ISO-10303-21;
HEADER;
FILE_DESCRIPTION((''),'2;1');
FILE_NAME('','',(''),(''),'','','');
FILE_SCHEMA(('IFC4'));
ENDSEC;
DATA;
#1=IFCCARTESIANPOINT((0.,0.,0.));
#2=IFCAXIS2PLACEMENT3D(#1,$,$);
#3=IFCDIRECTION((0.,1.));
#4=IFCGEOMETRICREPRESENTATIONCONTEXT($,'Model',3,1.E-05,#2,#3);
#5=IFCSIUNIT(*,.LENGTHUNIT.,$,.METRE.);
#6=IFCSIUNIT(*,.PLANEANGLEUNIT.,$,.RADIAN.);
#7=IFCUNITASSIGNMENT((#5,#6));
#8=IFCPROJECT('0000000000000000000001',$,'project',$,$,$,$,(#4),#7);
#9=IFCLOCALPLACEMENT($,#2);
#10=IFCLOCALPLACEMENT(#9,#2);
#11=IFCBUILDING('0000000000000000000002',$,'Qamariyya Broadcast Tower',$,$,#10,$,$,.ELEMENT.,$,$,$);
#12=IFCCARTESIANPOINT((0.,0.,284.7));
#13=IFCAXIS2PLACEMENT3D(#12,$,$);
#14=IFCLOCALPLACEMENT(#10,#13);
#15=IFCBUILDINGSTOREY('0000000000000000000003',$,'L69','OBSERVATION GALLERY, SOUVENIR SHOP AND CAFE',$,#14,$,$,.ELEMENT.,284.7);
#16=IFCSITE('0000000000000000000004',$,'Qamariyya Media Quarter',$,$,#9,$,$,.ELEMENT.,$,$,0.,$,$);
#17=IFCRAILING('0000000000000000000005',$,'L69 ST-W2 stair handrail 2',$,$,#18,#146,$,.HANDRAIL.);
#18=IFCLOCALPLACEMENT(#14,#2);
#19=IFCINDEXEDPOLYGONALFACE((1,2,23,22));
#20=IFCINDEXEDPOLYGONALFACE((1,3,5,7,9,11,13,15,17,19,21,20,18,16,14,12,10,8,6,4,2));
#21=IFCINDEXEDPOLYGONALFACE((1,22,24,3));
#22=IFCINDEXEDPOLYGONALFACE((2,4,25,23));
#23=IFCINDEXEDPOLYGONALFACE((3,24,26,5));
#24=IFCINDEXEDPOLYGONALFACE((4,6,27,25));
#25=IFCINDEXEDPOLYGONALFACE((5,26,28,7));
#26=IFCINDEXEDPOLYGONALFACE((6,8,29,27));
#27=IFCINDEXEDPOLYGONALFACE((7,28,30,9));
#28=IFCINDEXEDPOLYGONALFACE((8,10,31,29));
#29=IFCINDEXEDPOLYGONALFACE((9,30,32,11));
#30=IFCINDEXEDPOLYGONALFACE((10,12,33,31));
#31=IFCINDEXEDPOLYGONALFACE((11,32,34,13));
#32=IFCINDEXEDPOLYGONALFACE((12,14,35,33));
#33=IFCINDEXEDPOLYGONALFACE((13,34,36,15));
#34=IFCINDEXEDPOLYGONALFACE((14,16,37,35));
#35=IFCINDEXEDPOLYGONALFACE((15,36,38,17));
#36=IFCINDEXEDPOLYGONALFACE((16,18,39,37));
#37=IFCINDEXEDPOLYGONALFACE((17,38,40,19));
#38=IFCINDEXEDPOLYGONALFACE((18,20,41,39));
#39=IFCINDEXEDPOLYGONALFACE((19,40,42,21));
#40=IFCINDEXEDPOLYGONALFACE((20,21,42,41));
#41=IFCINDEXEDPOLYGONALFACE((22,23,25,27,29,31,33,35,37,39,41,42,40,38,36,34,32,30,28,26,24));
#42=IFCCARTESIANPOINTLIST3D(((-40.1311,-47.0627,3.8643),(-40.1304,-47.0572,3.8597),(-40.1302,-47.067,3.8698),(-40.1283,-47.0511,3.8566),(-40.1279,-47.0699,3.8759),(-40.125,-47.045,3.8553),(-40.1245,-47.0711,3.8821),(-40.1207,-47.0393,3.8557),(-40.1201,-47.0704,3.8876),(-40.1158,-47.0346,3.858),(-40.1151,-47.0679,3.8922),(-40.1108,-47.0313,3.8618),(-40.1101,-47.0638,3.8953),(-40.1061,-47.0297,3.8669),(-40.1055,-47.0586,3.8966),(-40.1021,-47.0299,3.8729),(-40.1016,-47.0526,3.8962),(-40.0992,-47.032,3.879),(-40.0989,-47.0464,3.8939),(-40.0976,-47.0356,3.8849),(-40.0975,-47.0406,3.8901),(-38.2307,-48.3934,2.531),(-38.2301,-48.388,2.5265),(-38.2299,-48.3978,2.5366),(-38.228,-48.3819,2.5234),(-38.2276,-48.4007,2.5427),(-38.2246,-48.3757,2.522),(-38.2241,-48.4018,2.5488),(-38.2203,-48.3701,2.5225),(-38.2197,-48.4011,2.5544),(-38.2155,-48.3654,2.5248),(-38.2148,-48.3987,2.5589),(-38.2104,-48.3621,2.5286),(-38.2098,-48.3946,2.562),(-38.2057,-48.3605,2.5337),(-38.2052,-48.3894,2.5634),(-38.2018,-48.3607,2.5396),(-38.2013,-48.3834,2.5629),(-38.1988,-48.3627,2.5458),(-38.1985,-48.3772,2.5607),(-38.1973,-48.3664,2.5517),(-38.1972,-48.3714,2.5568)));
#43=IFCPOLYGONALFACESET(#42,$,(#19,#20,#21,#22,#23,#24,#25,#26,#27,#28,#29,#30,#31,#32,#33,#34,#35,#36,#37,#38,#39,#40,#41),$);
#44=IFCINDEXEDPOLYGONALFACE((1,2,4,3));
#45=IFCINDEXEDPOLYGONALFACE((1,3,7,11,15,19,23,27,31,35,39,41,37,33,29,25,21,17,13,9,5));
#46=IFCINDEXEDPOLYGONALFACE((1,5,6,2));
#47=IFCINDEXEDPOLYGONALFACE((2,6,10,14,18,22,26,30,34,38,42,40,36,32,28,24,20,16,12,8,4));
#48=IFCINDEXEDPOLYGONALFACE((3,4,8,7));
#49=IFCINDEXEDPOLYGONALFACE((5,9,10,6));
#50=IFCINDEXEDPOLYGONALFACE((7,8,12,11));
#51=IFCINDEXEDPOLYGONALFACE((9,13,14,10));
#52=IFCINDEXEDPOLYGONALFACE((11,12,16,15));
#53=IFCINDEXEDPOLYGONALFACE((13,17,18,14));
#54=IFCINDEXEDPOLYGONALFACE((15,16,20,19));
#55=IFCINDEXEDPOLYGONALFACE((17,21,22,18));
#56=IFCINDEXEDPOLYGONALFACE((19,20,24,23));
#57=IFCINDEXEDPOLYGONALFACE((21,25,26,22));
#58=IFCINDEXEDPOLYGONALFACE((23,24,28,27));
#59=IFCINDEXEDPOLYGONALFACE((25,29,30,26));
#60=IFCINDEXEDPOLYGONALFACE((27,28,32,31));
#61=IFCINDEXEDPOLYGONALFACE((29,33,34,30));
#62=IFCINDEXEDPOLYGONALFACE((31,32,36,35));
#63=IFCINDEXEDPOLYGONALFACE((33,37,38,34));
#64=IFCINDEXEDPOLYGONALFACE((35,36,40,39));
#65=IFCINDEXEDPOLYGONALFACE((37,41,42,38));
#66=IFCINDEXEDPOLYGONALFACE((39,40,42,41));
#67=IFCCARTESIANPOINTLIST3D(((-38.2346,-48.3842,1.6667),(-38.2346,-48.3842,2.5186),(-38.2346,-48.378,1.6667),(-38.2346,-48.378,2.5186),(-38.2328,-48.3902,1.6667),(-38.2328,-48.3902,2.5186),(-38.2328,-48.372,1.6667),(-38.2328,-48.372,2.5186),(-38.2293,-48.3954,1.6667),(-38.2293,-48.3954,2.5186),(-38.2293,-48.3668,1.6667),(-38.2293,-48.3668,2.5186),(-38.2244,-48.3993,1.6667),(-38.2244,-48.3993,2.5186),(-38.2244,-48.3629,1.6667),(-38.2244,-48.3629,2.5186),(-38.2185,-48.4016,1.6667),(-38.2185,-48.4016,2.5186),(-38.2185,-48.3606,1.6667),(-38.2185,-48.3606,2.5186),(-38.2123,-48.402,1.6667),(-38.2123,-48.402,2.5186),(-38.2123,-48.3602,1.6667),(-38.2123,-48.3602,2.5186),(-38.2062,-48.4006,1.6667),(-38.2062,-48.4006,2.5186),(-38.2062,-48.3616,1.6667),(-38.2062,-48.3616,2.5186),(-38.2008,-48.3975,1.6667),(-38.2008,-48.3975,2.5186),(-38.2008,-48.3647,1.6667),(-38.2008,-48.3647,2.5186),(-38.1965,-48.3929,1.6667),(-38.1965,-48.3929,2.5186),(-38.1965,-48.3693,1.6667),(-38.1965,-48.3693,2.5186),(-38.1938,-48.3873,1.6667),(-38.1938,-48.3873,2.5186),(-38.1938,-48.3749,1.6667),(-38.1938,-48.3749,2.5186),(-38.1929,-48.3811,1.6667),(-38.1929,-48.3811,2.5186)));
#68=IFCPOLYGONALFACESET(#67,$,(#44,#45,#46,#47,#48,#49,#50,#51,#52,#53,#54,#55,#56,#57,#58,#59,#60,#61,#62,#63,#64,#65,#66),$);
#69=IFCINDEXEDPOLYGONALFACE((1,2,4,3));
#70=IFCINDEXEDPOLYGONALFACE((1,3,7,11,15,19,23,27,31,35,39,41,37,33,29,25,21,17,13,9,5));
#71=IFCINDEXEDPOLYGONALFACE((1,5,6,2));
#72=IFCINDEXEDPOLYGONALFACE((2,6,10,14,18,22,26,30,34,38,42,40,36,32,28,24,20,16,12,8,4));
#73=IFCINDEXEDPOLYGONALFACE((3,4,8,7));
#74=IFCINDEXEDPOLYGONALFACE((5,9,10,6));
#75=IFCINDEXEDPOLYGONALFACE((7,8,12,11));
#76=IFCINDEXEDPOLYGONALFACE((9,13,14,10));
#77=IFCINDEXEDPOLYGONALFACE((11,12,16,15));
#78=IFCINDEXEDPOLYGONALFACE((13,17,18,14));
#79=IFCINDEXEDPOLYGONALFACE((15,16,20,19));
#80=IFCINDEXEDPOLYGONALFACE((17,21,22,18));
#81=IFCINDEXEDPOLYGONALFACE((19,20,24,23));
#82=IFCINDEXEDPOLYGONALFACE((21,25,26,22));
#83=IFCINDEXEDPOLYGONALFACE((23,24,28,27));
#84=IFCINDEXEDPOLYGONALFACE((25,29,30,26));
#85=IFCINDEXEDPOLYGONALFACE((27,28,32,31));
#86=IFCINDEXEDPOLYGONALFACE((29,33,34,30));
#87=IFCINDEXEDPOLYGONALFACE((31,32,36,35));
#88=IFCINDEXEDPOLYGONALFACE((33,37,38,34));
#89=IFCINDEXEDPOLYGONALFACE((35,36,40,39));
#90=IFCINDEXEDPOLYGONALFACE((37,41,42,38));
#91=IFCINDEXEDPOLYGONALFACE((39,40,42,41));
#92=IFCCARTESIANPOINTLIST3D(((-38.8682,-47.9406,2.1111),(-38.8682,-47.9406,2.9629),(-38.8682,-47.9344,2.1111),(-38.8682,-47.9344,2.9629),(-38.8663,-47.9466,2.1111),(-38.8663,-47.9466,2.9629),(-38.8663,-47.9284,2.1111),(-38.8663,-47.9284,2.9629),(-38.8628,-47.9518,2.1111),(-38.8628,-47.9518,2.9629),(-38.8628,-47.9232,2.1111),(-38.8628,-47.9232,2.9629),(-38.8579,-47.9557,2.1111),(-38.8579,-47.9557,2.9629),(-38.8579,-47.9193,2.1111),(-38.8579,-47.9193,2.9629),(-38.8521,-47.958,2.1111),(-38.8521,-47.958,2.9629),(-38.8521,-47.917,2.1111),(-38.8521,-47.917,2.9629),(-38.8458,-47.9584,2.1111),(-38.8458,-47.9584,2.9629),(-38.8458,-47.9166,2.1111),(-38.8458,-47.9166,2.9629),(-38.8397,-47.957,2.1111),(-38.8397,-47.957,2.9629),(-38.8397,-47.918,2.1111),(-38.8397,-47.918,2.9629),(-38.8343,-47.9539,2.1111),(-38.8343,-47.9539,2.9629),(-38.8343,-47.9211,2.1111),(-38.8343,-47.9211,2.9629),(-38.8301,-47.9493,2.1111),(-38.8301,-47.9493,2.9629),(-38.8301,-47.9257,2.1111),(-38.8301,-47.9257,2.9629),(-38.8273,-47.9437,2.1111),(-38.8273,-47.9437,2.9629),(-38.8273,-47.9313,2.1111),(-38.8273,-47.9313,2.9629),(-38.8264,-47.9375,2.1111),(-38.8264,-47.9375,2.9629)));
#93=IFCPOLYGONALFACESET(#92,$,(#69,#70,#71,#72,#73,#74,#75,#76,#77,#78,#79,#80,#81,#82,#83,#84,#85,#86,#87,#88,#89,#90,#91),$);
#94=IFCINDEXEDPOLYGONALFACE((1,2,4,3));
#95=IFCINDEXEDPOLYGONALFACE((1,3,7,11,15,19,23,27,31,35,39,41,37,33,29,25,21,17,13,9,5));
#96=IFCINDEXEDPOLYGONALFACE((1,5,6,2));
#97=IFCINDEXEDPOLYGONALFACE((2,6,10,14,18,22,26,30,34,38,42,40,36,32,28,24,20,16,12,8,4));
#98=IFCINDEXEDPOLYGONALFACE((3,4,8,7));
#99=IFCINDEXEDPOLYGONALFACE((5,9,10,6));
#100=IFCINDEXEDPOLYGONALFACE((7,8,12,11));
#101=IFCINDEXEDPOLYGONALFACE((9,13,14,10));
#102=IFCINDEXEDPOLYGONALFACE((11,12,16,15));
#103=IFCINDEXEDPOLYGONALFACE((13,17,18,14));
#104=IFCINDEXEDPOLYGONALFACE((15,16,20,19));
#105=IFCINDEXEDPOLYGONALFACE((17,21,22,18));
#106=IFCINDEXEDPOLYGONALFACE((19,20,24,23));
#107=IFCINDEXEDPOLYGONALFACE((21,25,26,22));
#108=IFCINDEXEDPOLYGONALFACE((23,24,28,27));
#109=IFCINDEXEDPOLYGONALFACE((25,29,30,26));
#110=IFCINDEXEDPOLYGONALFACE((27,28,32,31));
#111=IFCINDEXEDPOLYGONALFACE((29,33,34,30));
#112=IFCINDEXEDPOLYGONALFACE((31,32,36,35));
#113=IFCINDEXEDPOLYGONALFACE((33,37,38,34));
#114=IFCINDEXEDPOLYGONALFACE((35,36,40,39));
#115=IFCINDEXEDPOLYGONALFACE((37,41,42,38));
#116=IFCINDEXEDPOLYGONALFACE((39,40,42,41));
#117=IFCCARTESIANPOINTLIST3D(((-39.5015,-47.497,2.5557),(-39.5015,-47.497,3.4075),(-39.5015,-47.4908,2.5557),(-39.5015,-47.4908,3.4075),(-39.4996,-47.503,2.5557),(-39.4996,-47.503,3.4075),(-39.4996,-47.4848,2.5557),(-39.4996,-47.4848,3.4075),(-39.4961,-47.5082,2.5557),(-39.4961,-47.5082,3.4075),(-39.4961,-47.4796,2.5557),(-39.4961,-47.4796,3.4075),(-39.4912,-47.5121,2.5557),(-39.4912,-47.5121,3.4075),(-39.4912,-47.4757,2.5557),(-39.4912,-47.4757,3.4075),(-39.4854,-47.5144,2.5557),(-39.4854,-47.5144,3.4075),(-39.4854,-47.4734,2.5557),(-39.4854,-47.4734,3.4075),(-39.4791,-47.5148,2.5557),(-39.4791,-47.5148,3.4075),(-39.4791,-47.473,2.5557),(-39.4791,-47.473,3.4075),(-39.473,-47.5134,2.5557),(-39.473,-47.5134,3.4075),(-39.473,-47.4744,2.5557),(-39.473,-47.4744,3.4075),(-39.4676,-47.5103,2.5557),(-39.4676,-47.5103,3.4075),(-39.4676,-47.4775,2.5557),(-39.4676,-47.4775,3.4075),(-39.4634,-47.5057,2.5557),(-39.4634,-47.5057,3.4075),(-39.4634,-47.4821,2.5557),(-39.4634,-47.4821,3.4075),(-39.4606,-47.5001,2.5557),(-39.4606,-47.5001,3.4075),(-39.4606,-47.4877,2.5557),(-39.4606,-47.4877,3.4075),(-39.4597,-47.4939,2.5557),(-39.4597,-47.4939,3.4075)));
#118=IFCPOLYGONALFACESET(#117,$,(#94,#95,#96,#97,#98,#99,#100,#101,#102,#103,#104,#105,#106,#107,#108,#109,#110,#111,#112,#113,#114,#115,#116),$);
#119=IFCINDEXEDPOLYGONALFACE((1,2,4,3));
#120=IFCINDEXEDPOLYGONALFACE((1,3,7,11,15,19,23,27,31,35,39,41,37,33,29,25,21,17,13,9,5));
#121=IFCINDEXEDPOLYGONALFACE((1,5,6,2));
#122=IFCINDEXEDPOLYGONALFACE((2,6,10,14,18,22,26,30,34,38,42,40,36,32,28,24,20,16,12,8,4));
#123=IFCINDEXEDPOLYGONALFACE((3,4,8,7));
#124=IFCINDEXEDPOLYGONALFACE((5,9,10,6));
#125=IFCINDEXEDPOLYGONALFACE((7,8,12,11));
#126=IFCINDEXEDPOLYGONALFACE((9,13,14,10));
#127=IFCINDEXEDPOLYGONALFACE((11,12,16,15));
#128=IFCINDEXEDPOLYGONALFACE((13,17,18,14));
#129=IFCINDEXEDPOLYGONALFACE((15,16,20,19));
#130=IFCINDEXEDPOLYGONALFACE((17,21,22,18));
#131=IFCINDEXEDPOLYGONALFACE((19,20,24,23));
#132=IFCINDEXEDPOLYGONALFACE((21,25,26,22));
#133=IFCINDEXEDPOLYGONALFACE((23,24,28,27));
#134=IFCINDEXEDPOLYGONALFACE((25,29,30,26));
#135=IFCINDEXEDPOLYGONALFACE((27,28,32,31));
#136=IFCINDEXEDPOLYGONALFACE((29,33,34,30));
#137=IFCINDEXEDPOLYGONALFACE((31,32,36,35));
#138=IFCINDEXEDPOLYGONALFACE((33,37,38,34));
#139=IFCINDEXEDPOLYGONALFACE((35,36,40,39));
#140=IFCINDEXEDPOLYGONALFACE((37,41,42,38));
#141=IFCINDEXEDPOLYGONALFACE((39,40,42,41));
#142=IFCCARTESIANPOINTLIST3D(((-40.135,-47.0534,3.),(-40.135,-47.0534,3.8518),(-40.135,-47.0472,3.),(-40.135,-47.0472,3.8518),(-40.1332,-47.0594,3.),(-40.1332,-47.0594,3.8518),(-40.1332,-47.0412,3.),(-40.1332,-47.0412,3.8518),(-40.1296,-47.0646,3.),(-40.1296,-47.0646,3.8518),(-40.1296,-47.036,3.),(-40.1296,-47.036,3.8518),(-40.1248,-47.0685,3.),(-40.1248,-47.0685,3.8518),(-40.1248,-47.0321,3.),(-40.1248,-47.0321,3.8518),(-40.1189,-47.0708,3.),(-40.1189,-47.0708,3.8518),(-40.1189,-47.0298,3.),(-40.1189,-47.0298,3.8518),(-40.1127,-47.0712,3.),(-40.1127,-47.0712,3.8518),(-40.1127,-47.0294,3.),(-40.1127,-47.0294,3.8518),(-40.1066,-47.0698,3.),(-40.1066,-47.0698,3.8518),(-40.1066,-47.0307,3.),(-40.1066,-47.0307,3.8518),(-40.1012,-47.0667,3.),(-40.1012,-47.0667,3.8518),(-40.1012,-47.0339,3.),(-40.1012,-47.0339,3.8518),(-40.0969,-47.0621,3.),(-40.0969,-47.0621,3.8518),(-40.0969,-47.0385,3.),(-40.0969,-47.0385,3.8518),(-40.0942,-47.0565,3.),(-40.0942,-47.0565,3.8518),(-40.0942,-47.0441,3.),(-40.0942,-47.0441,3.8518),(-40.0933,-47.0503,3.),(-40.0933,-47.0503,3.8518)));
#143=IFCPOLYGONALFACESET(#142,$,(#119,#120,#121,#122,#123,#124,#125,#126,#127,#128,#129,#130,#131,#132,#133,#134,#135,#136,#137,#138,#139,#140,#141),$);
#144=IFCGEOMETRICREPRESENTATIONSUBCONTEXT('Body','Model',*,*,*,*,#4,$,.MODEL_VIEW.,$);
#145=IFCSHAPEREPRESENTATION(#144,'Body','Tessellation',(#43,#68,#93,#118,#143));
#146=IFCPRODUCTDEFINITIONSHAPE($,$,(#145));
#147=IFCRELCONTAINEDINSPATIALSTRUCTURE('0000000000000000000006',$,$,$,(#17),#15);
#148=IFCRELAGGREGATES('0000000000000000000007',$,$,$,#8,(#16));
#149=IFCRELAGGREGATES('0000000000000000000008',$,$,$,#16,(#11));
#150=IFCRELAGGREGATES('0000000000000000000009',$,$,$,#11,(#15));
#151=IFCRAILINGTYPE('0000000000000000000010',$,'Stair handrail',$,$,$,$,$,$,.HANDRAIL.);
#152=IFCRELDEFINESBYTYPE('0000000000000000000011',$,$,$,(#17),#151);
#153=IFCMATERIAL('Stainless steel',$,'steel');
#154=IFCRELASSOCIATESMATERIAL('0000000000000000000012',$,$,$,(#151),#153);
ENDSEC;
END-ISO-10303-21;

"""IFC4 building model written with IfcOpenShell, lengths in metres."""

from ifc_helpers import new_model, si_unit, direction, frame, origin, origin_2d, place, context, subcontext, project, spatial, circle, extrude, material, type_object, element, save


model = new_model("IFC4")

# Units and contexts
model_context = context("Model", 3, precision=1e-05, world=origin(), true_north=direction((0.0, 1.0)))
body_context = subcontext(model_context, "Body", "Model", "MODEL_VIEW")
ifc_project = project(units=[si_unit("LENGTHUNIT", "METRE"), si_unit("PLANEANGLEUNIT", "RADIAN")], contexts=[model_context])

# Site, building, storey
site_placement = place(None, origin())
site = spatial("IfcSite", under=ifc_project, at=site_placement, Name="Qamariyya Media Quarter", CompositionType="ELEMENT", RefElevation=0.0)
building_placement = place(site_placement, origin())
building = spatial("IfcBuilding", under=site, at=building_placement, Name="Qamariyya Broadcast Tower", CompositionType="ELEMENT")
storey_placement = place(building_placement, frame((0.0, 0.0, 284.7)))
storey = spatial("IfcBuildingStorey", under=building, at=storey_placement, Name="L69", Description="OBSERVATION GALLERY, SOUVENIR SHOP AND CAFE", CompositionType="ELEMENT", Elevation=284.7)

# Railing
ifc_material_1 = material(Name="Stainless steel", Category="steel")
railing_type_1 = type_object("IfcRailingType", Name="Stair handrail", PredefinedType="HANDRAIL", material=ifc_material_1)
railing_1_placement = place(storey_placement, frame((-38.2139, -48.3811, 1.6667)))
element("IfcRailing", 1, at=railing_1_placement, inside=storey, type_object=railing_type_1, Name="L69 ST-W2 stair handrail 2", PredefinedType="HANDRAIL", context=body_context, shape_type="SweptSolid", body=[
    extrude(circle(Radius=0.0239, at=origin_2d()), frame((0.0, 0.0, 0.876), z_axis=(-0.710204, 0.497344, 0.498256), x_axis=(-0.573618, -0.819123, 0.0)), (0.0, 0.0, 1.0), 2.6758),
    extrude(circle(Radius=0.021, at=origin_2d()), origin(), (0.0, 0.0, 1.0), 0.8518),
    extrude(circle(Radius=0.021, at=origin_2d()), frame((-0.6335, 0.4436, 0.4443)), (0.0, 0.0, 1.0), 0.8518),
    extrude(circle(Radius=0.021, at=origin_2d()), frame((-1.2668, 0.8872, 0.8889)), (0.0, 0.0, 1.0), 0.8518),
    extrude(circle(Radius=0.021, at=origin_2d()), frame((-1.9004, 1.3308, 1.3333)), (0.0, 0.0, 1.0), 0.8518),
])

save(model, "model.ifc")
